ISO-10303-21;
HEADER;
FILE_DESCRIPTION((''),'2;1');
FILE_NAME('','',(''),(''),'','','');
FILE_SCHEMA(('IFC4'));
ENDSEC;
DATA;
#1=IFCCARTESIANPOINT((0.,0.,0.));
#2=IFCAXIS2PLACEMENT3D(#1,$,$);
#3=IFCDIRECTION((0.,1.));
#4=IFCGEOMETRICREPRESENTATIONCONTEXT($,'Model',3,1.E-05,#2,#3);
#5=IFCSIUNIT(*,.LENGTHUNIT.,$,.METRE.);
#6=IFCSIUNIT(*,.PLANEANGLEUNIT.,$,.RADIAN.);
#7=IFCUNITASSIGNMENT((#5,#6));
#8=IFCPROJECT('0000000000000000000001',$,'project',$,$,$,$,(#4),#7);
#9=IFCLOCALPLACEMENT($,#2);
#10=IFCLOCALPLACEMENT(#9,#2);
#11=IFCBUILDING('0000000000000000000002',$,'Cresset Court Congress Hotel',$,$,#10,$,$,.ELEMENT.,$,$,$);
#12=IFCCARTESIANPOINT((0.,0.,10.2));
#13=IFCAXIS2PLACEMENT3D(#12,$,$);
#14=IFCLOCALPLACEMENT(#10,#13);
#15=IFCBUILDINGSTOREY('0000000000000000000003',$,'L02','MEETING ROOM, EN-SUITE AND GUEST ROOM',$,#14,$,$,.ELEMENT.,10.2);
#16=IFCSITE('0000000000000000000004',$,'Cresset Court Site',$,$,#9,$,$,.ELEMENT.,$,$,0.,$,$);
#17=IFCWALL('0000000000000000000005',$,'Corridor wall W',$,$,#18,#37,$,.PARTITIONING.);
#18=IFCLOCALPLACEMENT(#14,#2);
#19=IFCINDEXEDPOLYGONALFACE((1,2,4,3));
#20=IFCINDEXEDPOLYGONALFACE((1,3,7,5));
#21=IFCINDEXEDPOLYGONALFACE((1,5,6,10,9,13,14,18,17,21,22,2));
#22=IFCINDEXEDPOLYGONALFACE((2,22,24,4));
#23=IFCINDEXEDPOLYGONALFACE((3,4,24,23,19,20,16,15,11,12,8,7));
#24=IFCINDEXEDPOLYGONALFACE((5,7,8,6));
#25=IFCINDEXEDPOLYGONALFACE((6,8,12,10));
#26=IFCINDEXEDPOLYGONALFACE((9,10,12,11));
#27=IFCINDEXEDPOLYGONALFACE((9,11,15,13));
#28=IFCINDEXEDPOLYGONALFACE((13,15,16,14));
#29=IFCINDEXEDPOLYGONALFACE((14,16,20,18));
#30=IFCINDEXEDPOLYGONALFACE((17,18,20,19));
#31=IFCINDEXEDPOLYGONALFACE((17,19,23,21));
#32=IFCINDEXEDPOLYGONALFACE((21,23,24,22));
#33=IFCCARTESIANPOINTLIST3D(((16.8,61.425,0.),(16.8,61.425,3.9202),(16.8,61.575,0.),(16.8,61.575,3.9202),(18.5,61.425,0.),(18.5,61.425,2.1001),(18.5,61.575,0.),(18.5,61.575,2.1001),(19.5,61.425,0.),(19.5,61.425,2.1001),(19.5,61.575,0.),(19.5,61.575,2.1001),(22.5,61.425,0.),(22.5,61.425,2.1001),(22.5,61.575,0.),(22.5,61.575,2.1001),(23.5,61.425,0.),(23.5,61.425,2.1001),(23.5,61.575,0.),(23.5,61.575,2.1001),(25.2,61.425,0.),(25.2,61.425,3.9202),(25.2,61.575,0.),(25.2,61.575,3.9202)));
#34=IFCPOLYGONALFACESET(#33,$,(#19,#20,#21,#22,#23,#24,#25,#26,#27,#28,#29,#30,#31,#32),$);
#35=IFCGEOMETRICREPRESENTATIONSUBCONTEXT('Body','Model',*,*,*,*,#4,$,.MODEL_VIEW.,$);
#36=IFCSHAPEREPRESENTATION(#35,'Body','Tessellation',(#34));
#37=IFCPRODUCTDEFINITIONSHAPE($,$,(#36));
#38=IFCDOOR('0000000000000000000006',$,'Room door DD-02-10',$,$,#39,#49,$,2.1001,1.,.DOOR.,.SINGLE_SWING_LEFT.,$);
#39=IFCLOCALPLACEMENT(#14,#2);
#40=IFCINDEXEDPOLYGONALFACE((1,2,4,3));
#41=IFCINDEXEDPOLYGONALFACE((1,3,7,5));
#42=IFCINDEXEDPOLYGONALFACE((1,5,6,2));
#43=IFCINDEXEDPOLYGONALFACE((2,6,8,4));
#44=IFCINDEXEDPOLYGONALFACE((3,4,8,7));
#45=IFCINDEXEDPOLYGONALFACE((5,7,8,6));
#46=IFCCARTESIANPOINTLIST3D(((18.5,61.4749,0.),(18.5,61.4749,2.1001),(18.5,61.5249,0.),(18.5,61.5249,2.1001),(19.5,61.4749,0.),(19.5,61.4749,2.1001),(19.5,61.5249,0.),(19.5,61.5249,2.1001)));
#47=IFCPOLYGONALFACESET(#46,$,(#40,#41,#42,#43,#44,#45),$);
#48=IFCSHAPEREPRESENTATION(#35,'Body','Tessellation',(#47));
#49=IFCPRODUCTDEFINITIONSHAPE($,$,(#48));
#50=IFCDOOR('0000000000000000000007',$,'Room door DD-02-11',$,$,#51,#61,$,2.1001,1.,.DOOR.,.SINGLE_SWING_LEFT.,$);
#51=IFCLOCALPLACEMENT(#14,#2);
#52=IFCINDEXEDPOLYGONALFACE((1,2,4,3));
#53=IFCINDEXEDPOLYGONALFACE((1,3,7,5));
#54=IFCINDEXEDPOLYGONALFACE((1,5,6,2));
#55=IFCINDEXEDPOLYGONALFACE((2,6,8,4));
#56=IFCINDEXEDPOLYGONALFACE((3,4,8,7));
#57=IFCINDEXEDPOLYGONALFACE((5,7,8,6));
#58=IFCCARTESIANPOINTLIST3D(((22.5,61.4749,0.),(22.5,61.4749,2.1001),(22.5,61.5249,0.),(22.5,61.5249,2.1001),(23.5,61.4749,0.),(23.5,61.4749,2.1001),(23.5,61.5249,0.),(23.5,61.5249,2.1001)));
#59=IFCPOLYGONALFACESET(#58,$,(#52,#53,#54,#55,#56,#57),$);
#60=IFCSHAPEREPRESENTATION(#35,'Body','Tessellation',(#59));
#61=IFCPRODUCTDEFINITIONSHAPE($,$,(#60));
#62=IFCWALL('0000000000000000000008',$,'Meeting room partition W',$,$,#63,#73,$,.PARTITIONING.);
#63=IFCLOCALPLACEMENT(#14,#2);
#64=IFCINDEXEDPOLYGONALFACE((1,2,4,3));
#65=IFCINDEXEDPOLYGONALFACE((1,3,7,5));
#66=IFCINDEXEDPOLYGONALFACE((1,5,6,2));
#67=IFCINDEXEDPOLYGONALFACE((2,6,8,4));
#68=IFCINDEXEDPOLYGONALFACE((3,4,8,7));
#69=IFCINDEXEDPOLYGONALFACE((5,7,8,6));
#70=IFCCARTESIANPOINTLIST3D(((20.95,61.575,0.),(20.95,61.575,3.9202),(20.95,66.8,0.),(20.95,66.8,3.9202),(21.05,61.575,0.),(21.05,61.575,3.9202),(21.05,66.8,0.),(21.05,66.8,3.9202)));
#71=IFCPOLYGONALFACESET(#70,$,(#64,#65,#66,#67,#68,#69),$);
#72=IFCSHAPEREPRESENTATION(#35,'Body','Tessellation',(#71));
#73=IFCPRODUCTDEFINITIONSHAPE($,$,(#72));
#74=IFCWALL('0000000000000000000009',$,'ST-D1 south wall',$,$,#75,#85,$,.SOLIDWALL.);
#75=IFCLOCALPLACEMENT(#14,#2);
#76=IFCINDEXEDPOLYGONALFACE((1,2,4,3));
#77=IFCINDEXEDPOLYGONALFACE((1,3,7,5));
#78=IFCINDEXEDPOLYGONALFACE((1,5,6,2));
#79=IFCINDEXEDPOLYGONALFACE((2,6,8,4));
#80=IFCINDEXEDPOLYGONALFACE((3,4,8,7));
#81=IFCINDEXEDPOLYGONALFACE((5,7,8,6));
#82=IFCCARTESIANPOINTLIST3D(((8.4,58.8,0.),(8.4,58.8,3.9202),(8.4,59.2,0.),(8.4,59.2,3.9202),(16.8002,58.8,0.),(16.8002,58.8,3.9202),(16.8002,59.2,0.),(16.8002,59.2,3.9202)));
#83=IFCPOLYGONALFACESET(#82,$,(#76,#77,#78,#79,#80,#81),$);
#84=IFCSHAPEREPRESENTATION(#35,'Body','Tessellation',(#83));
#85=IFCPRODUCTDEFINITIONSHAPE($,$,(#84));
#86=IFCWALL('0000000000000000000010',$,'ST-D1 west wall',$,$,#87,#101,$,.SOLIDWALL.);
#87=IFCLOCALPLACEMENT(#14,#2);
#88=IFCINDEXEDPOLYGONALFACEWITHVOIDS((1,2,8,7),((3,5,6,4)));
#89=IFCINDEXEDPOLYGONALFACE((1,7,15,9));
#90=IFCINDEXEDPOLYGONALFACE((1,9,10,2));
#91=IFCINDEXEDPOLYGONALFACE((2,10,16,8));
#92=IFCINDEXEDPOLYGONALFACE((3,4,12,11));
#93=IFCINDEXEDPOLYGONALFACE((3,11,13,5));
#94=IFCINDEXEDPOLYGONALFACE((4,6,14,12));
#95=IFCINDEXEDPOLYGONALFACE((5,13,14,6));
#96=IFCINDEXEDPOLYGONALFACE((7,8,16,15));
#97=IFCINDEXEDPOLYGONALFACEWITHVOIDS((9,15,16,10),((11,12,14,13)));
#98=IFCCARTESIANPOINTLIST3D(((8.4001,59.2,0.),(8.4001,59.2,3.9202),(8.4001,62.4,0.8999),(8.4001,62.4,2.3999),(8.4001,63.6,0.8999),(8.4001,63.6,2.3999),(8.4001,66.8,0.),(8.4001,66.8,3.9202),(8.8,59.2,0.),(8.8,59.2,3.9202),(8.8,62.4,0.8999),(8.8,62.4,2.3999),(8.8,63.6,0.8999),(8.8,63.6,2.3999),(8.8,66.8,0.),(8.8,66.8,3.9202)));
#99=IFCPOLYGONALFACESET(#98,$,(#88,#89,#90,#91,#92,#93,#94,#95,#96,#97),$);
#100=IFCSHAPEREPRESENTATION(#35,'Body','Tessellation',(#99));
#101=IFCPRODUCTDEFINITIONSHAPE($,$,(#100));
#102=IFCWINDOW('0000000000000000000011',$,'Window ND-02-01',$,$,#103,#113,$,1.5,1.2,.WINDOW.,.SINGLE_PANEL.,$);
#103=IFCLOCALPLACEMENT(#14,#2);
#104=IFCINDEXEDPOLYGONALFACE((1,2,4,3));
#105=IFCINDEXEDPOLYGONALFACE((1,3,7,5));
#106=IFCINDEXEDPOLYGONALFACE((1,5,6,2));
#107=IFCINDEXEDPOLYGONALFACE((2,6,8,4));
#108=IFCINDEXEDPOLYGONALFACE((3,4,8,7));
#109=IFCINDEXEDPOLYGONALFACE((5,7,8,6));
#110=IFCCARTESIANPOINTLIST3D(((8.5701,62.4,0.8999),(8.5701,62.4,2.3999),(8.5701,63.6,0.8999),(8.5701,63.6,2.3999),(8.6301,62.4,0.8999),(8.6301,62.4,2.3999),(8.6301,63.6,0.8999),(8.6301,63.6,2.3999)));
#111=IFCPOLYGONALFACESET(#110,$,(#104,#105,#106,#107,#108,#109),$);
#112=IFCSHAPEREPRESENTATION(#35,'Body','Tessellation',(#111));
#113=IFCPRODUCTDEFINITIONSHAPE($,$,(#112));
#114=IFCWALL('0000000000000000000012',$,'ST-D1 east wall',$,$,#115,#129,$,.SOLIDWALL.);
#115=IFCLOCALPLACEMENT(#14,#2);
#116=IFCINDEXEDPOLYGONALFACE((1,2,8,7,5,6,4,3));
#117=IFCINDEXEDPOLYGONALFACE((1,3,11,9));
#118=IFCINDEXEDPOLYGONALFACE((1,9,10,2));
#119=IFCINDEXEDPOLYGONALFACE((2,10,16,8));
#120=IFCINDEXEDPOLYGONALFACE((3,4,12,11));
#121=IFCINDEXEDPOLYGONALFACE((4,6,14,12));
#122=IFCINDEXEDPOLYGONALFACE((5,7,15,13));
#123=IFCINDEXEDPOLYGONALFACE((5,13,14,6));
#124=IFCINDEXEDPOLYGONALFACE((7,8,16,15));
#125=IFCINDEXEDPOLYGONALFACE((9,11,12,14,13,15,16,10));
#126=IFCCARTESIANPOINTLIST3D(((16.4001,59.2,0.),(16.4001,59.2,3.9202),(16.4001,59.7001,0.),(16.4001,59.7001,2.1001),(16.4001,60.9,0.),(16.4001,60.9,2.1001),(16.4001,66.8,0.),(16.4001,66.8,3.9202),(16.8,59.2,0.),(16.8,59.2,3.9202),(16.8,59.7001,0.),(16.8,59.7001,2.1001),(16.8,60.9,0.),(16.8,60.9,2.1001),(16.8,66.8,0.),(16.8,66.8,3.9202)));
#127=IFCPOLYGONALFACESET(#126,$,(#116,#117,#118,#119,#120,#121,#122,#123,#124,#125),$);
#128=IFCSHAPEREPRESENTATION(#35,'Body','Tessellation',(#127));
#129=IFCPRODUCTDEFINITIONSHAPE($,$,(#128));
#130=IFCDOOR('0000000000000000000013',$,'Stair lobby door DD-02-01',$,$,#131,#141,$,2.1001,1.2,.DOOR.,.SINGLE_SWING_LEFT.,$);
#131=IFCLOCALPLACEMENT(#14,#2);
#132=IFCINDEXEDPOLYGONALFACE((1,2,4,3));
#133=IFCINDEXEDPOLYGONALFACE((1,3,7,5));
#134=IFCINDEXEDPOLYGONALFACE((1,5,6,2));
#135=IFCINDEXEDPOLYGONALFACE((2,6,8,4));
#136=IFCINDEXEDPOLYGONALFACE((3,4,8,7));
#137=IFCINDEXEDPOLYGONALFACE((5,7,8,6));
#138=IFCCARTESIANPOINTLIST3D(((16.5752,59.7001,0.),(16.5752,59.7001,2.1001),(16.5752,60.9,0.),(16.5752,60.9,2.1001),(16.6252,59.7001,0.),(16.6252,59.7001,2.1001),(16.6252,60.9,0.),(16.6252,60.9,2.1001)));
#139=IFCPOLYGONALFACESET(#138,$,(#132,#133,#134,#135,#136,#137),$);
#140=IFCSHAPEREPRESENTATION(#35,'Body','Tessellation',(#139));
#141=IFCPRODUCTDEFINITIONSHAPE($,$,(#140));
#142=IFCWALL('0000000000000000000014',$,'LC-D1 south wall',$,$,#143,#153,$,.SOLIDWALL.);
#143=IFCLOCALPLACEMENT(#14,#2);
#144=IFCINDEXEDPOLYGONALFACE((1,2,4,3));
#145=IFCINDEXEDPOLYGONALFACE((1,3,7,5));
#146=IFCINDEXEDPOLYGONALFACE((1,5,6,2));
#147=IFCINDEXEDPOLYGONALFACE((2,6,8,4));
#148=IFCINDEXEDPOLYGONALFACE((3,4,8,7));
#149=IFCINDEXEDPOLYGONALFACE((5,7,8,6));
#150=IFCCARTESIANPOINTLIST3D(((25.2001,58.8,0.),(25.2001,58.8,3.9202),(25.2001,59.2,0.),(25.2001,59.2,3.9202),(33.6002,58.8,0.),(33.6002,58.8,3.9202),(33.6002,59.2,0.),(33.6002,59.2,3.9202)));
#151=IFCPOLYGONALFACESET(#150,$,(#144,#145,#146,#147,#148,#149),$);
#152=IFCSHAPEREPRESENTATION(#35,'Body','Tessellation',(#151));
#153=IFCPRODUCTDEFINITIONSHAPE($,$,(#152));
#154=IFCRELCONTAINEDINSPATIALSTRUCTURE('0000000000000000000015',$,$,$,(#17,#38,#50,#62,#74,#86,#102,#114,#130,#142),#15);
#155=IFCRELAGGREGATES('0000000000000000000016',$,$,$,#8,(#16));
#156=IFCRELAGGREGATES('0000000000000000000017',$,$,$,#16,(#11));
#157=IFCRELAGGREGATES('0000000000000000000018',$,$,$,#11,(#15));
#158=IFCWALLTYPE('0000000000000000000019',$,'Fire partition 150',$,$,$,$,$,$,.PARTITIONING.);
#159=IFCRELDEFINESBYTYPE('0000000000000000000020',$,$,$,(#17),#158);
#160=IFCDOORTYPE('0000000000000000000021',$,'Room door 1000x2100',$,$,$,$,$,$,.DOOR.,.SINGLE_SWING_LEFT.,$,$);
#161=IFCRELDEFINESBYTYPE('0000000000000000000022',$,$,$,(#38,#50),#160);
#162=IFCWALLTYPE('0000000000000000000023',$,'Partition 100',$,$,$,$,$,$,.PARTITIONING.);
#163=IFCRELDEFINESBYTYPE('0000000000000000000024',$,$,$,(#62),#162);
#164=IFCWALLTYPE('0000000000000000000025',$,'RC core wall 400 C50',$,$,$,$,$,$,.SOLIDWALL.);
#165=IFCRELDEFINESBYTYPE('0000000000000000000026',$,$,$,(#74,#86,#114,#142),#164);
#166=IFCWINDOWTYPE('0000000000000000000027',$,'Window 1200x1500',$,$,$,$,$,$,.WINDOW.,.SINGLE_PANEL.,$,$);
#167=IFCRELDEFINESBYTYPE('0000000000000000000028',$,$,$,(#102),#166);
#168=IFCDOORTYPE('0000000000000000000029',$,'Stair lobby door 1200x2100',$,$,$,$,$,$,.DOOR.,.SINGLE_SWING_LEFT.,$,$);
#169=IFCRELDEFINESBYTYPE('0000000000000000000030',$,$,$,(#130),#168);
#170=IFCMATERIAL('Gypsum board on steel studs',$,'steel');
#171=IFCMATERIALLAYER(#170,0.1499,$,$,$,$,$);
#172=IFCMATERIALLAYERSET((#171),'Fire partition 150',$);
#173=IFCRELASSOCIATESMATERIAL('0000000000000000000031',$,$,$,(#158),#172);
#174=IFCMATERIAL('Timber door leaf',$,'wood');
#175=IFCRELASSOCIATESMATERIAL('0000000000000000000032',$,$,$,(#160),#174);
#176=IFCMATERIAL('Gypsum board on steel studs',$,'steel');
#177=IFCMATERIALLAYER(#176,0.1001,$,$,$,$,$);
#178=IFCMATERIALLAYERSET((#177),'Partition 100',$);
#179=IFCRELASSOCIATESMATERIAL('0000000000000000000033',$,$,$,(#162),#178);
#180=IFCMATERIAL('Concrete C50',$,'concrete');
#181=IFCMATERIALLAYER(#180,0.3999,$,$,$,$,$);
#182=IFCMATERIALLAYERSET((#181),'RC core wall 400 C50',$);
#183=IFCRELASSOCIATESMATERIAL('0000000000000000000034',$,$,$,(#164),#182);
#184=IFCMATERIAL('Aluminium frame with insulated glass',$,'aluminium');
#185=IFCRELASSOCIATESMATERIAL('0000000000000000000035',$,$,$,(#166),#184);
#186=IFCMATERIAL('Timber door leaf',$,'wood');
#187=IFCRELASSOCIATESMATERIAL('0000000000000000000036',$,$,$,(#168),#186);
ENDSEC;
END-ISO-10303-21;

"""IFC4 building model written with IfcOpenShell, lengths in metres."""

from ifc_helpers import new_model, si_unit, direction, frame, frame_2d, origin, place, context, subcontext, project, spatial, rectangle, extrude, material, layer, layer_set, type_object, element, fill, save


model = new_model("IFC4")

# Units and contexts
model_context = context("Model", 3, precision=1e-05, world=origin(), true_north=direction((0.0, 1.0)))
body_context = subcontext(model_context, "Body", "Model", "MODEL_VIEW")
ifc_project = project(units=[si_unit("LENGTHUNIT", "METRE"), si_unit("PLANEANGLEUNIT", "RADIAN")], contexts=[model_context])

# Site, building, storey
site_placement = place(None, origin())
site = spatial("IfcSite", under=ifc_project, at=site_placement, Name="Cresset Court Site", CompositionType="ELEMENT", RefElevation=0.0)
building_placement = place(site_placement, origin())
building = spatial("IfcBuilding", under=site, at=building_placement, Name="Cresset Court Congress Hotel", CompositionType="ELEMENT")
storey_placement = place(building_placement, frame((0.0, 0.0, 10.2)))
storey = spatial("IfcBuildingStorey", under=building, at=storey_placement, Name="L02", Description="MEETING ROOM, EN-SUITE AND GUEST ROOM", CompositionType="ELEMENT", Elevation=10.2)

# Wall, openings, doors
ifc_material_1 = material(Name="Gypsum board on steel studs", Category="steel")
ifc_layer_1 = layer(ifc_material_1, 0.1499)
ifc_layer_set_1 = layer_set([ifc_layer_1], Name="Fire partition 150")
wall_type_1 = type_object("IfcWallType", Name="Fire partition 150", PredefinedType="PARTITIONING", material=ifc_layer_set_1)
wall_1_placement = place(storey_placement, frame((16.8, 61.5, 0.0), z_axis=(0.0, 0.0, 1.0), x_axis=(1.0, 0.0, 0.0)))
wall_1 = element("IfcWall", 1, at=wall_1_placement, inside=storey, type_object=wall_type_1, Name="Corridor wall W", PredefinedType="PARTITIONING", context=body_context, shape_type="SweptSolid", body=[
    extrude(rectangle(XDim=8.3999, YDim=0.1499, at=frame_2d((4.2, 0.0))), origin(), (0.0, 0.0, 1.0), 3.9202),
])
opening_1_placement = place(wall_1_placement, frame((1.7, 0.0, 0.0)))
opening_1 = element("IfcOpeningElement", 2, at=opening_1_placement, cuts=wall_1, PredefinedType="OPENING", context=body_context, shape_type="SweptSolid", body=[
    extrude(rectangle(XDim=1.0, YDim=2.1001, at=frame_2d((0.5, 1.05))), frame((0.0, 0.085, 0.0), z_axis=(0.0, -1.0, 0.0), x_axis=(1.0, 0.0, 0.0)), (0.0, 0.0, 1.0), 0.1699),
])
opening_2_placement = place(wall_1_placement, frame((5.7, 0.0, 0.0)))
opening_2 = element("IfcOpeningElement", 3, at=opening_2_placement, cuts=wall_1, PredefinedType="OPENING", context=body_context, shape_type="SweptSolid", body=[
    extrude(rectangle(XDim=1.0, YDim=2.1001, at=frame_2d((0.5, 1.05))), frame((0.0, 0.085, 0.0), z_axis=(0.0, -1.0, 0.0), x_axis=(1.0, 0.0, 0.0)), (0.0, 0.0, 1.0), 0.1699),
])
ifc_material_2 = material(Name="Timber door leaf", Category="wood")
door_type_1 = type_object("IfcDoorType", Name="Room door 1000x2100", OperationType="SINGLE_SWING_LEFT", PredefinedType="DOOR", material=ifc_material_2)
door_1_placement = place(opening_1_placement, origin())
door_1 = element("IfcDoor", 4, at=door_1_placement, inside=storey, type_object=door_type_1, Name="Room door DD-02-10", OperationType="SINGLE_SWING_LEFT", OverallHeight=2.1001, OverallWidth=1.0, PredefinedType="DOOR", context=body_context, shape_type="SweptSolid", body=[
    extrude(rectangle(XDim=1.0, YDim=2.1001, at=frame_2d((0.5, 1.05))), frame((0.0, 0.0249, 0.0), z_axis=(0.0, -1.0, 0.0), x_axis=(1.0, 0.0, 0.0)), (0.0, 0.0, 1.0), 0.05),
])
fill(opening_1, door_1)
door_2_placement = place(opening_2_placement, origin())
door_2 = element("IfcDoor", 5, at=door_2_placement, inside=storey, type_object=door_type_1, Name="Room door DD-02-11", OperationType="SINGLE_SWING_LEFT", OverallHeight=2.1001, OverallWidth=1.0, PredefinedType="DOOR", context=body_context, shape_type="SweptSolid", body=[
    extrude(rectangle(XDim=1.0, YDim=2.1001, at=frame_2d((0.5, 1.05))), frame((0.0, 0.0249, 0.0), z_axis=(0.0, -1.0, 0.0), x_axis=(1.0, 0.0, 0.0)), (0.0, 0.0, 1.0), 0.05),
])
fill(opening_2, door_2)

# Walls
ifc_material_3 = material(Name="Gypsum board on steel studs", Category="steel")
ifc_layer_2 = layer(ifc_material_3, 0.1001)
ifc_layer_set_2 = layer_set([ifc_layer_2], Name="Partition 100")
wall_type_2 = type_object("IfcWallType", Name="Partition 100", PredefinedType="PARTITIONING", material=ifc_layer_set_2)
wall_2_placement = place(storey_placement, frame((21.0, 61.575, 0.0), z_axis=(0.0, 0.0, 1.0), x_axis=(0.0, 1.0, 0.0)))
element("IfcWall", 6, at=wall_2_placement, inside=storey, type_object=wall_type_2, Name="Meeting room partition W", PredefinedType="PARTITIONING", context=body_context, shape_type="SweptSolid", body=[
    extrude(rectangle(XDim=5.2251, YDim=0.1001, at=frame_2d((2.6125, 0.0))), origin(), (0.0, 0.0, 1.0), 3.9202),
])
ifc_material_4 = material(Name="Concrete C50", Category="concrete")
ifc_layer_3 = layer(ifc_material_4, 0.3999)
ifc_layer_set_3 = layer_set([ifc_layer_3], Name="RC core wall 400 C50")
wall_type_3 = type_object("IfcWallType", Name="RC core wall 400 C50", PredefinedType="SOLIDWALL", material=ifc_layer_set_3)
wall_3_placement = place(storey_placement, frame((8.3999, 59.0, 0.0), z_axis=(0.0, 0.0, 1.0), x_axis=(1.0, 0.0, 0.0)))
element("IfcWall", 7, at=wall_3_placement, inside=storey, type_object=wall_type_3, Name="ST-D1 south wall", PredefinedType="SOLIDWALL", context=body_context, shape_type="SweptSolid", body=[
    extrude(rectangle(XDim=8.4001, YDim=0.3999, at=frame_2d((4.2002, 0.0))), origin(), (0.0, 0.0, 1.0), 3.9202),
])

# Wall, opening, window
wall_4_placement = place(storey_placement, frame((8.6001, 59.2, 0.0), z_axis=(0.0, 0.0, 1.0), x_axis=(0.0, 1.0, 0.0)))
wall_4 = element("IfcWall", 8, at=wall_4_placement, inside=storey, type_object=wall_type_3, Name="ST-D1 west wall", PredefinedType="SOLIDWALL", context=body_context, shape_type="SweptSolid", body=[
    extrude(rectangle(XDim=7.6001, YDim=0.3999, at=frame_2d((3.8, 0.0))), origin(), (0.0, 0.0, 1.0), 3.9202),
])
opening_3_placement = place(wall_4_placement, frame((3.2, 0.0, 0.8999)))
opening_3 = element("IfcOpeningElement", 9, at=opening_3_placement, cuts=wall_4, PredefinedType="OPENING", context=body_context, shape_type="SweptSolid", body=[
    extrude(rectangle(XDim=1.2, YDim=1.5, at=frame_2d((0.6001, 0.75))), frame((0.0, 0.21, 0.0), z_axis=(0.0, -1.0, 0.0), x_axis=(1.0, 0.0, 0.0)), (0.0, 0.0, 1.0), 0.4199),
])
ifc_material_5 = material(Name="Aluminium frame with insulated glass", Category="aluminium")
window_type = type_object("IfcWindowType", Name="Window 1200x1500", PartitioningType="SINGLE_PANEL", PredefinedType="WINDOW", material=ifc_material_5)
window_placement = place(opening_3_placement, origin())
window = element("IfcWindow", 10, at=window_placement, inside=storey, type_object=window_type, Name="Window ND-02-01", OverallHeight=1.5, OverallWidth=1.2, PartitioningType="SINGLE_PANEL", PredefinedType="WINDOW", context=body_context, shape_type="SweptSolid", body=[
    extrude(rectangle(XDim=1.2, YDim=1.5, at=frame_2d((0.6001, 0.75))), frame((0.0, 0.03, 0.0), z_axis=(0.0, -1.0, 0.0), x_axis=(1.0, 0.0, 0.0)), (0.0, 0.0, 1.0), 0.0601),
])
fill(opening_3, window)

# Wall, opening, door
wall_5_placement = place(storey_placement, frame((16.6001, 59.2, 0.0), z_axis=(0.0, 0.0, 1.0), x_axis=(0.0, 1.0, 0.0)))
wall_5 = element("IfcWall", 11, at=wall_5_placement, inside=storey, type_object=wall_type_3, Name="ST-D1 east wall", PredefinedType="SOLIDWALL", context=body_context, shape_type="SweptSolid", body=[
    extrude(rectangle(XDim=7.6001, YDim=0.3999, at=frame_2d((3.8, 0.0))), origin(), (0.0, 0.0, 1.0), 3.9202),
])
opening_4_placement = place(wall_5_placement, frame((0.5, 0.0, 0.0)))
opening_4 = element("IfcOpeningElement", 12, at=opening_4_placement, cuts=wall_5, PredefinedType="OPENING", context=body_context, shape_type="SweptSolid", body=[
    extrude(rectangle(XDim=1.2, YDim=2.1001, at=frame_2d((0.6001, 1.05))), frame((0.0, 0.21, 0.0), z_axis=(0.0, -1.0, 0.0), x_axis=(1.0, 0.0, 0.0)), (0.0, 0.0, 1.0), 0.4199),
])
ifc_material_6 = material(Name="Timber door leaf", Category="wood")
door_type_2 = type_object("IfcDoorType", Name="Stair lobby door 1200x2100", OperationType="SINGLE_SWING_LEFT", PredefinedType="DOOR", material=ifc_material_6)
door_3_placement = place(opening_4_placement, origin())
door_3 = element("IfcDoor", 13, at=door_3_placement, inside=storey, type_object=door_type_2, Name="Stair lobby door DD-02-01", OperationType="SINGLE_SWING_LEFT", OverallHeight=2.1001, OverallWidth=1.2, PredefinedType="DOOR", context=body_context, shape_type="SweptSolid", body=[
    extrude(rectangle(XDim=1.2, YDim=2.1001, at=frame_2d((0.6001, 1.05))), frame((0.0, 0.0249, 0.0), z_axis=(0.0, -1.0, 0.0), x_axis=(1.0, 0.0, 0.0)), (0.0, 0.0, 1.0), 0.05),
])
fill(opening_4, door_3)

# Wall
wall_6_placement = place(storey_placement, frame((25.2, 59.0, 0.0), z_axis=(0.0, 0.0, 1.0), x_axis=(1.0, 0.0, 0.0)))
element("IfcWall", 14, at=wall_6_placement, inside=storey, type_object=wall_type_3, Name="LC-D1 south wall", PredefinedType="SOLIDWALL", context=body_context, shape_type="SweptSolid", body=[
    extrude(rectangle(XDim=8.4001, YDim=0.3999, at=frame_2d((4.2002, 0.0))), origin(), (0.0, 0.0, 1.0), 3.9202),
])

save(model, "model.ifc")
